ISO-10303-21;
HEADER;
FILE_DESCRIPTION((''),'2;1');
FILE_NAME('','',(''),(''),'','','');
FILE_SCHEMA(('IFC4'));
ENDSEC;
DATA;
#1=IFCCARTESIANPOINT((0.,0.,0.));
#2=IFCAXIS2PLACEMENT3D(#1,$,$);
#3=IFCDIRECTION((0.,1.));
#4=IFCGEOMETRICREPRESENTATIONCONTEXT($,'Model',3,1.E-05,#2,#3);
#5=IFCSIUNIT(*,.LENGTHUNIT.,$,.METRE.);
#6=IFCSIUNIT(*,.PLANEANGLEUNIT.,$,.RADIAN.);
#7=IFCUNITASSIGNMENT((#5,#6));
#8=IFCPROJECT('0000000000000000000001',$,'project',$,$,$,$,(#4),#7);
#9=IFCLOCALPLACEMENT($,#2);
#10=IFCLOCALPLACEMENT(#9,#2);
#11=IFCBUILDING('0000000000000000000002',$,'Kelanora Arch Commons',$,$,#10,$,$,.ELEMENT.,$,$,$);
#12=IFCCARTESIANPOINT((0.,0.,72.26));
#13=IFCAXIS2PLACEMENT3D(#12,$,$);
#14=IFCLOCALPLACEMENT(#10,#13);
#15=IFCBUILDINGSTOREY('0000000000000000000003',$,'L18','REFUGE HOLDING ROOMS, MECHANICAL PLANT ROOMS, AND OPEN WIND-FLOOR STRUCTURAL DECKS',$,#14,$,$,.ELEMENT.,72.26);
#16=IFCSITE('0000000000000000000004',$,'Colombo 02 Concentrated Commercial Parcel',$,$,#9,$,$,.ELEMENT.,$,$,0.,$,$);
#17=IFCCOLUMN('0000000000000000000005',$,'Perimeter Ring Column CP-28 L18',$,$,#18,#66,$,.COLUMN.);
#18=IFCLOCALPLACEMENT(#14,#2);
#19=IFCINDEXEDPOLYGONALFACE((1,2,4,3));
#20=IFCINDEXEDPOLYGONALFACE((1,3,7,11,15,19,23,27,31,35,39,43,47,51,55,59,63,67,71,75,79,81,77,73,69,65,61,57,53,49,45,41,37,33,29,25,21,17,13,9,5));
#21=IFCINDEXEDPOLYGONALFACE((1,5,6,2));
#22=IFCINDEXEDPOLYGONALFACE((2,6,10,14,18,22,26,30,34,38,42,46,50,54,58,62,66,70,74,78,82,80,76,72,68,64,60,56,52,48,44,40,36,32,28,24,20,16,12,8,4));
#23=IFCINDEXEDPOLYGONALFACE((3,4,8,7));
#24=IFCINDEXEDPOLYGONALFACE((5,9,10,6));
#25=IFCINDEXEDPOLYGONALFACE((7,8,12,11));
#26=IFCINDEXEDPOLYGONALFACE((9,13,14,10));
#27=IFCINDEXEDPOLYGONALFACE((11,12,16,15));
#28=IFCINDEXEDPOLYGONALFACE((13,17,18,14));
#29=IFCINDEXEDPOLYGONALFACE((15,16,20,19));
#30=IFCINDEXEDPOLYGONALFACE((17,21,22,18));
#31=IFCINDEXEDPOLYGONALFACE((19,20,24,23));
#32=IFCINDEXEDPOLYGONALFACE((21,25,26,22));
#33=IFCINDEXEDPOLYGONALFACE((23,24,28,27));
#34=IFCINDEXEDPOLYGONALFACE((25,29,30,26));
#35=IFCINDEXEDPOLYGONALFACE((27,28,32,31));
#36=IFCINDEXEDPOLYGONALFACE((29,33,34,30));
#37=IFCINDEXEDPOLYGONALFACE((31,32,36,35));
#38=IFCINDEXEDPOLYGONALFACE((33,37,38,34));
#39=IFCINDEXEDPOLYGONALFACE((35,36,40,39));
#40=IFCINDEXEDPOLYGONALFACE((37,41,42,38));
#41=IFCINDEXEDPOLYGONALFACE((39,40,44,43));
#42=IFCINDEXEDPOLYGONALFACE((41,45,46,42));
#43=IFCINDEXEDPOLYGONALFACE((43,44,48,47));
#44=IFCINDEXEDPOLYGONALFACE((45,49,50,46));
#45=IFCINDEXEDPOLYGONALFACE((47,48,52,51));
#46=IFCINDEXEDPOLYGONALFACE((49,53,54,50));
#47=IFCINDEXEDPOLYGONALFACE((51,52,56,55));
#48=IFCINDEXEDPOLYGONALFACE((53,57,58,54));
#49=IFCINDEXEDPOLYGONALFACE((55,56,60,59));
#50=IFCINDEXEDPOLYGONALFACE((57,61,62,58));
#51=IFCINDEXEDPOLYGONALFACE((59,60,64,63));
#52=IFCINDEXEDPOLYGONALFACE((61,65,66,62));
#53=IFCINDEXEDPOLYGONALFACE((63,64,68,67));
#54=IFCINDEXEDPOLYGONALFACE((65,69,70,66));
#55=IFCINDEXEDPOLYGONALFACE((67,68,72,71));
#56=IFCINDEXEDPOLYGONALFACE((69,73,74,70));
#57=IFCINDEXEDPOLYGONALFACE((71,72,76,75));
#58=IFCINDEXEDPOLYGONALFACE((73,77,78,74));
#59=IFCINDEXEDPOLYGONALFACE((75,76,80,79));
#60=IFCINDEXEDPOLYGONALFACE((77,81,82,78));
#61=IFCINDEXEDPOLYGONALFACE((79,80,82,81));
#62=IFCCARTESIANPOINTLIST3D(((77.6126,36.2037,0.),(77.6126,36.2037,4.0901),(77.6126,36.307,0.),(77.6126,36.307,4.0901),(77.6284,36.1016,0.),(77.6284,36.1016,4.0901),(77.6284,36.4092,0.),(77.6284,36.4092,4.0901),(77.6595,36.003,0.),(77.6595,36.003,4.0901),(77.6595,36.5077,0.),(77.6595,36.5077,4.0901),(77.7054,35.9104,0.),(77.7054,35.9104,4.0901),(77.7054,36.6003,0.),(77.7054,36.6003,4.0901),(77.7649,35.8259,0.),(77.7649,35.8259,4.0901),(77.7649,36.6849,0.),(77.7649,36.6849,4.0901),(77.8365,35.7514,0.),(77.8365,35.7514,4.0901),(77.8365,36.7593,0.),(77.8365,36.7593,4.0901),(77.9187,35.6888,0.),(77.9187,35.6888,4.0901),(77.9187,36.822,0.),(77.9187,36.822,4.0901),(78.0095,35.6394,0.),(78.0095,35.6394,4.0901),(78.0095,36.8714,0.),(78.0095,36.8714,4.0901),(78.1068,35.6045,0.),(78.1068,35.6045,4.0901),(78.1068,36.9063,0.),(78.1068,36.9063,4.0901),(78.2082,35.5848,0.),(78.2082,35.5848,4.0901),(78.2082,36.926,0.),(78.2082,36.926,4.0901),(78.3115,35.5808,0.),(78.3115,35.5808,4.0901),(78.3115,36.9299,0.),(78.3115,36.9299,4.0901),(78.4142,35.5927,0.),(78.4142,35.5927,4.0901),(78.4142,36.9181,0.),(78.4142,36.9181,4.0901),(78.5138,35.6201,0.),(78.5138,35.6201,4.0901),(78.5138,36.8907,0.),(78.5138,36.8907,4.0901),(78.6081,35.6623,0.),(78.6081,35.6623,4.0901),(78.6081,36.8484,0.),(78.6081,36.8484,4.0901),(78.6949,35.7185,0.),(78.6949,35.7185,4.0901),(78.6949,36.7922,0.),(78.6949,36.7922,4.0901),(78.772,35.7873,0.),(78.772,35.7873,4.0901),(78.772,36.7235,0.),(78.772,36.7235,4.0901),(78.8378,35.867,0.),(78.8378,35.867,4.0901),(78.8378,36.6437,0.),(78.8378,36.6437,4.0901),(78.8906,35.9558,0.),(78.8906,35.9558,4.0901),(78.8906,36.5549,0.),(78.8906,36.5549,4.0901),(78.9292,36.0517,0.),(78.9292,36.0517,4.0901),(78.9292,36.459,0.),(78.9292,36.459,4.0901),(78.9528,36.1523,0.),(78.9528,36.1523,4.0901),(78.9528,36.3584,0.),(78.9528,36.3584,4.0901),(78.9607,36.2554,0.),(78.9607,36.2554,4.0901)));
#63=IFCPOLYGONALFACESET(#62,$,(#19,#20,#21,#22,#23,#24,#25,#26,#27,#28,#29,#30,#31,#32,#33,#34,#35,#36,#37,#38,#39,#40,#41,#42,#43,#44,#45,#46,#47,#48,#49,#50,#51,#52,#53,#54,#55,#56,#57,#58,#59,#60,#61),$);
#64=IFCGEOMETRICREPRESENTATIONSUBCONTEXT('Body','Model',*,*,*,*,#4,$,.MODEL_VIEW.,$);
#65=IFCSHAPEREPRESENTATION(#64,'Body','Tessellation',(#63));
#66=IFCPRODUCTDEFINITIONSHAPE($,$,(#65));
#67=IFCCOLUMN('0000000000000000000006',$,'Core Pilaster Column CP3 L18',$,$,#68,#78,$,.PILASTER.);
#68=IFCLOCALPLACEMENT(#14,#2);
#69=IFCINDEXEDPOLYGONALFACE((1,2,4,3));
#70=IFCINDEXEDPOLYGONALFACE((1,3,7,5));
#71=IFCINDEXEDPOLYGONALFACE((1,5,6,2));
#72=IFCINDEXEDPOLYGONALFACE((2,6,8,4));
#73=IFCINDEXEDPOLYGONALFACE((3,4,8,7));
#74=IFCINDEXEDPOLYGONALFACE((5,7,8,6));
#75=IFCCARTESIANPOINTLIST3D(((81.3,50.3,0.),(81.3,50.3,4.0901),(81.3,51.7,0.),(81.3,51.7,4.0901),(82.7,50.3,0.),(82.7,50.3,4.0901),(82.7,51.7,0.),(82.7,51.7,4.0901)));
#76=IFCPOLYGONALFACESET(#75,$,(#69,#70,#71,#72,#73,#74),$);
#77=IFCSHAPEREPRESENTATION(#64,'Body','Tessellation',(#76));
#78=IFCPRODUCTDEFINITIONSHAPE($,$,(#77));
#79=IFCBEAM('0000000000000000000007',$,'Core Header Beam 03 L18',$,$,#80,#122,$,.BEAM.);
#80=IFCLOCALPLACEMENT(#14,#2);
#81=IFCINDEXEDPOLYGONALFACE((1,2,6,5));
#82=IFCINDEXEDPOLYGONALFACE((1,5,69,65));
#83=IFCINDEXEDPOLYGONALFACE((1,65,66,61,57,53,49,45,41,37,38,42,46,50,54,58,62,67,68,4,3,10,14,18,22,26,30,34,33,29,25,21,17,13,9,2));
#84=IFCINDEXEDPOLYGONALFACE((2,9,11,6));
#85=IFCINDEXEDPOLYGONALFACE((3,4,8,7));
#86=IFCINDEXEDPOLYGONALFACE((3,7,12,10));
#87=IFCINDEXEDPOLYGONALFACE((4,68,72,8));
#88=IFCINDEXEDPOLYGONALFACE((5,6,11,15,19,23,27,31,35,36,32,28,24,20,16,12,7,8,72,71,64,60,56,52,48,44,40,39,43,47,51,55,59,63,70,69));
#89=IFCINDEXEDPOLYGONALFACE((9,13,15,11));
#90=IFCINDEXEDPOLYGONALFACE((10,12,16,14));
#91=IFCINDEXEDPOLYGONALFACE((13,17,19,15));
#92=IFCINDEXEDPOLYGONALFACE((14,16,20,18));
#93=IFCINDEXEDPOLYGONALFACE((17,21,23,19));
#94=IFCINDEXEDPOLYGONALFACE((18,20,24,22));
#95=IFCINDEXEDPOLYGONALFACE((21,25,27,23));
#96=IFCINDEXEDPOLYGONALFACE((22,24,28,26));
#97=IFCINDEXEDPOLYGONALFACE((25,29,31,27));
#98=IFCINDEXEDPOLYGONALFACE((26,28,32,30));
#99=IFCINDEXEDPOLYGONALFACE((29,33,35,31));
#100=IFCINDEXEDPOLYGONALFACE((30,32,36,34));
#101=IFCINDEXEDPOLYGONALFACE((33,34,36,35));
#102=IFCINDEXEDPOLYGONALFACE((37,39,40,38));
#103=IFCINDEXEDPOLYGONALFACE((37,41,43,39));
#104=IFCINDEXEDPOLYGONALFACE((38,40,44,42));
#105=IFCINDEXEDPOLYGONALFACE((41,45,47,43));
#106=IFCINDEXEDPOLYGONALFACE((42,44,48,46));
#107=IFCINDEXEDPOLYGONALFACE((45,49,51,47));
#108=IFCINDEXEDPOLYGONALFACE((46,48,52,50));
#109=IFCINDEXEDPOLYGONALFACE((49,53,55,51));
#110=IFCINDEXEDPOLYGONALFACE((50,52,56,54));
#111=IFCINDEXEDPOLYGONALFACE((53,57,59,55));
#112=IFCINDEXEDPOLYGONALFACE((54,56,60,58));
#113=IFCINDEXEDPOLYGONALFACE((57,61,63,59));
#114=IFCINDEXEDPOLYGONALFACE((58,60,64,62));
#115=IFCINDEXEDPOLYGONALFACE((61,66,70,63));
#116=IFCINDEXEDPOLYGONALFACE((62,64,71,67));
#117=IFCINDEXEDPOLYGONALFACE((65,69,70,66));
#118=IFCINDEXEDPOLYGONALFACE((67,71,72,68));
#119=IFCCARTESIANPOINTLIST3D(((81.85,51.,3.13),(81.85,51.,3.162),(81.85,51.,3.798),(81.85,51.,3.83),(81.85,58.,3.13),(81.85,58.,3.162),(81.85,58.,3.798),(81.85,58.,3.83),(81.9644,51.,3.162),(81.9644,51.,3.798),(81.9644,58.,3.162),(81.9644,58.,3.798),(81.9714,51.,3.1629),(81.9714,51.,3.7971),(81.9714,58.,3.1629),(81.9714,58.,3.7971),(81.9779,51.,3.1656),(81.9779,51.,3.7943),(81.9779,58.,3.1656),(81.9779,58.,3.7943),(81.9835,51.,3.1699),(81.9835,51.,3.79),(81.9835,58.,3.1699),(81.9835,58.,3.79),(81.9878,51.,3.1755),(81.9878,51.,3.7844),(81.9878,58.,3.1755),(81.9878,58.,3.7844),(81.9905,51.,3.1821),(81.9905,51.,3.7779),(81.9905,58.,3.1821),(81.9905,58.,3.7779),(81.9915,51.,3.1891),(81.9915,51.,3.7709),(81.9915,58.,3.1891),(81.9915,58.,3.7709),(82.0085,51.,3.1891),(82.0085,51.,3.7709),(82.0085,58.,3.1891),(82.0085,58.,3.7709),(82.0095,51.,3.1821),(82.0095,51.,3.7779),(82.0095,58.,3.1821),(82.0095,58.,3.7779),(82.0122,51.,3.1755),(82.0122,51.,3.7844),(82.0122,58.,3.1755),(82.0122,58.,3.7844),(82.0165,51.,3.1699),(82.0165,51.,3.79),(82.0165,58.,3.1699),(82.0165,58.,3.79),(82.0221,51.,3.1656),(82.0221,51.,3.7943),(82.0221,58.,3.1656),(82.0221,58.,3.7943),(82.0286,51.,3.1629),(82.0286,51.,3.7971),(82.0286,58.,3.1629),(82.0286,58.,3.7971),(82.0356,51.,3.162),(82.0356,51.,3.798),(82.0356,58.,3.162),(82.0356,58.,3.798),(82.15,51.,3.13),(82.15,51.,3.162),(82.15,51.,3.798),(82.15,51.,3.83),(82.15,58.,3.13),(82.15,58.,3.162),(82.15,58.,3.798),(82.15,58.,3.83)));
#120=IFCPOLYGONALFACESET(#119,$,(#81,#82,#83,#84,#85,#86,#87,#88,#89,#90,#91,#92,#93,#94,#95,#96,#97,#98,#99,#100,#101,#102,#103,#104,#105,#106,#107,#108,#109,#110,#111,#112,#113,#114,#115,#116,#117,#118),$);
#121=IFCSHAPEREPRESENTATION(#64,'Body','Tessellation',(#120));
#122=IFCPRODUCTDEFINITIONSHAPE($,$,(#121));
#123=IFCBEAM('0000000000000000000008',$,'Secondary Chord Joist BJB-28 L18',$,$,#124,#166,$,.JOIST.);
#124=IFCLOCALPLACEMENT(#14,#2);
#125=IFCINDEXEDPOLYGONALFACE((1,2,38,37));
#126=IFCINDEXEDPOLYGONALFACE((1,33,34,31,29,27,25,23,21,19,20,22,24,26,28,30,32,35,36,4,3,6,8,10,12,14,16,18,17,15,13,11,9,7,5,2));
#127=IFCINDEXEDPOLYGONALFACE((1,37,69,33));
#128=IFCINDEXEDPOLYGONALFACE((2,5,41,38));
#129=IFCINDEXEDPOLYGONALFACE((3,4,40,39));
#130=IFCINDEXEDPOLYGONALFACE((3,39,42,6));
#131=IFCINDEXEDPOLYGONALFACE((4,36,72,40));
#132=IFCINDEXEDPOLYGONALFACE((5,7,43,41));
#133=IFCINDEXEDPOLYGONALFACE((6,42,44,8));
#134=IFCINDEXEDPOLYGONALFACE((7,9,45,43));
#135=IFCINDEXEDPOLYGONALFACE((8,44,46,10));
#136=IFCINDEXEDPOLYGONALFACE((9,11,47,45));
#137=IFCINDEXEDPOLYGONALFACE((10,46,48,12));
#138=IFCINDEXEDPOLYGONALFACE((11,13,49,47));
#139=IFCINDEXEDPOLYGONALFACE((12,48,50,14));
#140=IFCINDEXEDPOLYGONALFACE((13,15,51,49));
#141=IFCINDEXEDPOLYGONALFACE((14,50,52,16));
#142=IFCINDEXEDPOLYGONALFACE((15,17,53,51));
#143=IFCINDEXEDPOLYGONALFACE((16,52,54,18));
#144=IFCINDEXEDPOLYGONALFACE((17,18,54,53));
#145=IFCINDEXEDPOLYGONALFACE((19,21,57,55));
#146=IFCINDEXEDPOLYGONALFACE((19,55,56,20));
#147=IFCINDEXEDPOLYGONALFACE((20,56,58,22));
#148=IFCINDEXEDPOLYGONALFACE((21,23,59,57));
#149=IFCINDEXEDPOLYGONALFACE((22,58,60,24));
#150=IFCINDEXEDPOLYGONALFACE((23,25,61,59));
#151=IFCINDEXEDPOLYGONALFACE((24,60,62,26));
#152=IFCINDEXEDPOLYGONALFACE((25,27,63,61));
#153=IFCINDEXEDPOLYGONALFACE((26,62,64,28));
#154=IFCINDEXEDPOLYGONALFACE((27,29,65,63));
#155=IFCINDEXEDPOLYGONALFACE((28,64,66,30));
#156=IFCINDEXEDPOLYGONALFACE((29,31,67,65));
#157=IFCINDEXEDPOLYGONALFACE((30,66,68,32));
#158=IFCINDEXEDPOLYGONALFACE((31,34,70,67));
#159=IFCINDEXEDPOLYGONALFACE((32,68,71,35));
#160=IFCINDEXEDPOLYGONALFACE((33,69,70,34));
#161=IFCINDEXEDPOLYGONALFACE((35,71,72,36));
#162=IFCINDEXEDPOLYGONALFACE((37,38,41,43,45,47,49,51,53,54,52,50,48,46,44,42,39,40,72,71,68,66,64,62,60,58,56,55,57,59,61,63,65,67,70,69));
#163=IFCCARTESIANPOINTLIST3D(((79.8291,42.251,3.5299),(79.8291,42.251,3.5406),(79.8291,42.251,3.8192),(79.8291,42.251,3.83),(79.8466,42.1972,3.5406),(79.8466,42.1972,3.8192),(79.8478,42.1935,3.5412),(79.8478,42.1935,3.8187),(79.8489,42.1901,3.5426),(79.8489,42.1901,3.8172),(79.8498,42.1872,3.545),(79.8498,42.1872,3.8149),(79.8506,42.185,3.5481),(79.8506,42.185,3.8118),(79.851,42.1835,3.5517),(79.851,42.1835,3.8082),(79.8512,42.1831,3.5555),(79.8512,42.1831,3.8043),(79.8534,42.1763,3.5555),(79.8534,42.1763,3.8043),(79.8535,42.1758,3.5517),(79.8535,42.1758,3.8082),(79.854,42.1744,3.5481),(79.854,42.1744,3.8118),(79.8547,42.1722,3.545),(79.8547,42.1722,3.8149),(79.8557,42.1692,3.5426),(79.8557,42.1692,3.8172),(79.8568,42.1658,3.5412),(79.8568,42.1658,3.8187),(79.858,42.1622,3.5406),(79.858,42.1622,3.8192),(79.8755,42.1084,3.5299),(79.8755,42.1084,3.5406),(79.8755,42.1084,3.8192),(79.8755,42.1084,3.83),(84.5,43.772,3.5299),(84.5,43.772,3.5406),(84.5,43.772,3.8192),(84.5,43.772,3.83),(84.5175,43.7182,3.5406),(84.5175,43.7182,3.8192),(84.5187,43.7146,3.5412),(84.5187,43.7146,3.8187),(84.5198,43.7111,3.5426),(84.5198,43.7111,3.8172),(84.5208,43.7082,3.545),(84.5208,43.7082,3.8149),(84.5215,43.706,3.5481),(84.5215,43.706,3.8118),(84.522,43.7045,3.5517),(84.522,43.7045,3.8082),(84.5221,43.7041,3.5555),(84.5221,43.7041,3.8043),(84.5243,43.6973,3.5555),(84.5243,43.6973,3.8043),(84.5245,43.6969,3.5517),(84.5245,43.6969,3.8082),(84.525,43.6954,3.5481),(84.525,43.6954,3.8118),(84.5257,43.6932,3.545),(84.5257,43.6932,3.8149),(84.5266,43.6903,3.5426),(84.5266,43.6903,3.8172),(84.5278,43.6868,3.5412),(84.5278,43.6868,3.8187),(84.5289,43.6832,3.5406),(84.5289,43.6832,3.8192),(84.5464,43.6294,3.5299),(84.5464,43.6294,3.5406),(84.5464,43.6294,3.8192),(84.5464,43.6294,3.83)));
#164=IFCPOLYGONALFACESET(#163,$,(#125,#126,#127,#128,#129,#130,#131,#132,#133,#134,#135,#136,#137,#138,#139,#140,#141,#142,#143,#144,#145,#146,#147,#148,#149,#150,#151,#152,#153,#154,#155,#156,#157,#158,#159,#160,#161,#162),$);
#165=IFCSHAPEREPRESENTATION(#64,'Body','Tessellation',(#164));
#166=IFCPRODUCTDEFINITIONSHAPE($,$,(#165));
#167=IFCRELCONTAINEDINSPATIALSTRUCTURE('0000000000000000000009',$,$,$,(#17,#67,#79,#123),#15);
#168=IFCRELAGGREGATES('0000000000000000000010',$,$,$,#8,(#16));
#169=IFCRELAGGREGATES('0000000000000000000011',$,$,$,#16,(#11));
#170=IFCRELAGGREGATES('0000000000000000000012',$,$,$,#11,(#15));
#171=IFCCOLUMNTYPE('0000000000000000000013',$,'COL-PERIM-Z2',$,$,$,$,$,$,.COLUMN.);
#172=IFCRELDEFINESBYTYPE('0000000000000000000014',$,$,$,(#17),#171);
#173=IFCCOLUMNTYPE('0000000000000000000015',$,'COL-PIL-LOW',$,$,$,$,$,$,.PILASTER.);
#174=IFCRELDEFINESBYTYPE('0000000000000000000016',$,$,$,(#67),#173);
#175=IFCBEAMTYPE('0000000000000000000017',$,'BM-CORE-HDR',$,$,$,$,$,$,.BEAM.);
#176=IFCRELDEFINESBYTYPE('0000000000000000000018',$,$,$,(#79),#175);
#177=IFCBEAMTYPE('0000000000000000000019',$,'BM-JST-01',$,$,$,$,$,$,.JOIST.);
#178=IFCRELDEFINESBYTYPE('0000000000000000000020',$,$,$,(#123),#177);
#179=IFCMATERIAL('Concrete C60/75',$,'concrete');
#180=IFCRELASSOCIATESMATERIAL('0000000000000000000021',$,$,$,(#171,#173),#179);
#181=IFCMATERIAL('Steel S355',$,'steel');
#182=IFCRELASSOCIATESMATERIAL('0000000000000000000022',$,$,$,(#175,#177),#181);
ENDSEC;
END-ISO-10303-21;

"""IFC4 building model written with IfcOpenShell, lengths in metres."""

from ifc_helpers import new_model, si_unit, direction, frame, origin, origin_2d, place, context, subcontext, project, spatial, rectangle, circle, i_section, extrude, material, material_profile, profile_set, type_object, element, save


model = new_model("IFC4")

# Units and contexts
model_context = context("Model", 3, precision=1e-05, world=origin(), true_north=direction((0.0, 1.0)))
body_context = subcontext(model_context, "Body", "Model", "MODEL_VIEW")
ifc_project = project(units=[si_unit("LENGTHUNIT", "METRE"), si_unit("PLANEANGLEUNIT", "RADIAN")], contexts=[model_context])

# Site, building, storey
site_placement = place(None, origin())
site = spatial("IfcSite", under=ifc_project, at=site_placement, Name="Colombo 02 Concentrated Commercial Parcel", CompositionType="ELEMENT", RefElevation=0.0)
building_placement = place(site_placement, origin())
building = spatial("IfcBuilding", under=site, at=building_placement, Name="Kelanora Arch Commons", CompositionType="ELEMENT")
storey_placement = place(building_placement, frame((0.0, 0.0, 72.26)))
storey = spatial("IfcBuildingStorey", under=building, at=storey_placement, Name="L18", Description="REFUGE HOLDING ROOMS, MECHANICAL PLANT ROOMS, AND OPEN WIND-FLOOR STRUCTURAL DECKS", CompositionType="ELEMENT", Elevation=72.26)

# Columns
ifc_material_1 = material(Name="Concrete C60/75", Category="concrete")
ifc_material_profile_1 = material_profile(ifc_material_1, circle(Radius=0.675, at=origin_2d()), Name="RCC1350")
ifc_profile_set_1 = profile_set([ifc_material_profile_1], Name="Concrete C60/75")
column_type_1 = type_object("IfcColumnType", Name="COL-PERIM-Z2", PredefinedType="COLUMN", material=ifc_profile_set_1)
column_1_placement = place(storey_placement, frame((78.2856, 36.2554, 0.0), z_axis=(0.0, 0.0, 1.0), x_axis=(1.0, 0.0, 0.0)))
element("IfcColumn", 1, at=column_1_placement, inside=storey, type_object=column_type_1, Name="Perimeter Ring Column CP-28 L18", PredefinedType="COLUMN", context=body_context, shape_type="SweptSolid", body=[
    extrude(circle(Radius=0.675, at=origin_2d()), origin(), (0.0, 0.0, 1.0), 4.0901),
])
ifc_material_profile_2 = material_profile(ifc_material_1, rectangle(XDim=1.3999, YDim=1.3999, at=origin_2d()), Name="RC1400x1400")
ifc_profile_set_2 = profile_set([ifc_material_profile_2], Name="Concrete C60/75")
column_type_2 = type_object("IfcColumnType", Name="COL-PIL-LOW", PredefinedType="PILASTER", material=ifc_profile_set_2)
column_2_placement = place(storey_placement, frame((82.0, 51.0, 0.0), z_axis=(0.0, 0.0, 1.0), x_axis=(1.0, 0.0, 0.0)))
element("IfcColumn", 2, at=column_2_placement, inside=storey, type_object=column_type_2, Name="Core Pilaster Column CP3 L18", PredefinedType="PILASTER", context=body_context, shape_type="SweptSolid", body=[
    extrude(rectangle(XDim=1.3999, YDim=1.3999, at=origin_2d()), origin(), (0.0, 0.0, 1.0), 4.0901),
])

# Beams
ifc_material_2 = material(Name="Steel S355", Category="steel")
ifc_material_profile_3 = material_profile(ifc_material_2, i_section(OverallWidth=0.3, OverallDepth=0.7, WebThickness=0.0171, FlangeThickness=0.032, FilletRadius=0.0271, at=origin_2d()), Name="HEB700")
ifc_profile_set_3 = profile_set([ifc_material_profile_3], Name="Steel S355")
beam_type_1 = type_object("IfcBeamType", Name="BM-CORE-HDR", PredefinedType="BEAM", material=ifc_profile_set_3)
beam_1_placement = place(storey_placement, frame((82.0, 51.0, 3.48), z_axis=(0.0, 1.0, 0.0), x_axis=(-1.0, 0.0, 0.0)))
element("IfcBeam", 3, at=beam_1_placement, inside=storey, type_object=beam_type_1, Name="Core Header Beam 03 L18", PredefinedType="BEAM", context=body_context, shape_type="SweptSolid", body=[
    extrude(i_section(OverallWidth=0.3, OverallDepth=0.7, WebThickness=0.0171, FlangeThickness=0.032, FilletRadius=0.0271, at=origin_2d()), origin(), (0.0, 0.0, 1.0), 7.0),
])
ifc_material_profile_4 = material_profile(ifc_material_2, i_section(OverallWidth=0.1499, OverallDepth=0.3, WebThickness=0.0071, FlangeThickness=0.0107, FilletRadius=0.0149, at=origin_2d()), Name="IPE300")
ifc_profile_set_4 = profile_set([ifc_material_profile_4], Name="Steel S355")
beam_type_2 = type_object("IfcBeamType", Name="BM-JST-01", PredefinedType="JOIST", material=ifc_profile_set_4)
beam_2_placement = place(storey_placement, frame((79.8523, 42.1797, 3.6799), z_axis=(0.950857, 0.30963, 0.0), x_axis=(-0.30963, 0.950857, 0.0)))
element("IfcBeam", 4, at=beam_2_placement, inside=storey, type_object=beam_type_2, Name="Secondary Chord Joist BJB-28 L18", PredefinedType="JOIST", context=body_context, shape_type="SweptSolid", body=[
    extrude(i_section(OverallWidth=0.1499, OverallDepth=0.3, WebThickness=0.0071, FlangeThickness=0.0107, FilletRadius=0.0149, at=origin_2d()), origin(), (0.0, 0.0, 1.0), 4.9124),
])

save(model, "model.ifc")
